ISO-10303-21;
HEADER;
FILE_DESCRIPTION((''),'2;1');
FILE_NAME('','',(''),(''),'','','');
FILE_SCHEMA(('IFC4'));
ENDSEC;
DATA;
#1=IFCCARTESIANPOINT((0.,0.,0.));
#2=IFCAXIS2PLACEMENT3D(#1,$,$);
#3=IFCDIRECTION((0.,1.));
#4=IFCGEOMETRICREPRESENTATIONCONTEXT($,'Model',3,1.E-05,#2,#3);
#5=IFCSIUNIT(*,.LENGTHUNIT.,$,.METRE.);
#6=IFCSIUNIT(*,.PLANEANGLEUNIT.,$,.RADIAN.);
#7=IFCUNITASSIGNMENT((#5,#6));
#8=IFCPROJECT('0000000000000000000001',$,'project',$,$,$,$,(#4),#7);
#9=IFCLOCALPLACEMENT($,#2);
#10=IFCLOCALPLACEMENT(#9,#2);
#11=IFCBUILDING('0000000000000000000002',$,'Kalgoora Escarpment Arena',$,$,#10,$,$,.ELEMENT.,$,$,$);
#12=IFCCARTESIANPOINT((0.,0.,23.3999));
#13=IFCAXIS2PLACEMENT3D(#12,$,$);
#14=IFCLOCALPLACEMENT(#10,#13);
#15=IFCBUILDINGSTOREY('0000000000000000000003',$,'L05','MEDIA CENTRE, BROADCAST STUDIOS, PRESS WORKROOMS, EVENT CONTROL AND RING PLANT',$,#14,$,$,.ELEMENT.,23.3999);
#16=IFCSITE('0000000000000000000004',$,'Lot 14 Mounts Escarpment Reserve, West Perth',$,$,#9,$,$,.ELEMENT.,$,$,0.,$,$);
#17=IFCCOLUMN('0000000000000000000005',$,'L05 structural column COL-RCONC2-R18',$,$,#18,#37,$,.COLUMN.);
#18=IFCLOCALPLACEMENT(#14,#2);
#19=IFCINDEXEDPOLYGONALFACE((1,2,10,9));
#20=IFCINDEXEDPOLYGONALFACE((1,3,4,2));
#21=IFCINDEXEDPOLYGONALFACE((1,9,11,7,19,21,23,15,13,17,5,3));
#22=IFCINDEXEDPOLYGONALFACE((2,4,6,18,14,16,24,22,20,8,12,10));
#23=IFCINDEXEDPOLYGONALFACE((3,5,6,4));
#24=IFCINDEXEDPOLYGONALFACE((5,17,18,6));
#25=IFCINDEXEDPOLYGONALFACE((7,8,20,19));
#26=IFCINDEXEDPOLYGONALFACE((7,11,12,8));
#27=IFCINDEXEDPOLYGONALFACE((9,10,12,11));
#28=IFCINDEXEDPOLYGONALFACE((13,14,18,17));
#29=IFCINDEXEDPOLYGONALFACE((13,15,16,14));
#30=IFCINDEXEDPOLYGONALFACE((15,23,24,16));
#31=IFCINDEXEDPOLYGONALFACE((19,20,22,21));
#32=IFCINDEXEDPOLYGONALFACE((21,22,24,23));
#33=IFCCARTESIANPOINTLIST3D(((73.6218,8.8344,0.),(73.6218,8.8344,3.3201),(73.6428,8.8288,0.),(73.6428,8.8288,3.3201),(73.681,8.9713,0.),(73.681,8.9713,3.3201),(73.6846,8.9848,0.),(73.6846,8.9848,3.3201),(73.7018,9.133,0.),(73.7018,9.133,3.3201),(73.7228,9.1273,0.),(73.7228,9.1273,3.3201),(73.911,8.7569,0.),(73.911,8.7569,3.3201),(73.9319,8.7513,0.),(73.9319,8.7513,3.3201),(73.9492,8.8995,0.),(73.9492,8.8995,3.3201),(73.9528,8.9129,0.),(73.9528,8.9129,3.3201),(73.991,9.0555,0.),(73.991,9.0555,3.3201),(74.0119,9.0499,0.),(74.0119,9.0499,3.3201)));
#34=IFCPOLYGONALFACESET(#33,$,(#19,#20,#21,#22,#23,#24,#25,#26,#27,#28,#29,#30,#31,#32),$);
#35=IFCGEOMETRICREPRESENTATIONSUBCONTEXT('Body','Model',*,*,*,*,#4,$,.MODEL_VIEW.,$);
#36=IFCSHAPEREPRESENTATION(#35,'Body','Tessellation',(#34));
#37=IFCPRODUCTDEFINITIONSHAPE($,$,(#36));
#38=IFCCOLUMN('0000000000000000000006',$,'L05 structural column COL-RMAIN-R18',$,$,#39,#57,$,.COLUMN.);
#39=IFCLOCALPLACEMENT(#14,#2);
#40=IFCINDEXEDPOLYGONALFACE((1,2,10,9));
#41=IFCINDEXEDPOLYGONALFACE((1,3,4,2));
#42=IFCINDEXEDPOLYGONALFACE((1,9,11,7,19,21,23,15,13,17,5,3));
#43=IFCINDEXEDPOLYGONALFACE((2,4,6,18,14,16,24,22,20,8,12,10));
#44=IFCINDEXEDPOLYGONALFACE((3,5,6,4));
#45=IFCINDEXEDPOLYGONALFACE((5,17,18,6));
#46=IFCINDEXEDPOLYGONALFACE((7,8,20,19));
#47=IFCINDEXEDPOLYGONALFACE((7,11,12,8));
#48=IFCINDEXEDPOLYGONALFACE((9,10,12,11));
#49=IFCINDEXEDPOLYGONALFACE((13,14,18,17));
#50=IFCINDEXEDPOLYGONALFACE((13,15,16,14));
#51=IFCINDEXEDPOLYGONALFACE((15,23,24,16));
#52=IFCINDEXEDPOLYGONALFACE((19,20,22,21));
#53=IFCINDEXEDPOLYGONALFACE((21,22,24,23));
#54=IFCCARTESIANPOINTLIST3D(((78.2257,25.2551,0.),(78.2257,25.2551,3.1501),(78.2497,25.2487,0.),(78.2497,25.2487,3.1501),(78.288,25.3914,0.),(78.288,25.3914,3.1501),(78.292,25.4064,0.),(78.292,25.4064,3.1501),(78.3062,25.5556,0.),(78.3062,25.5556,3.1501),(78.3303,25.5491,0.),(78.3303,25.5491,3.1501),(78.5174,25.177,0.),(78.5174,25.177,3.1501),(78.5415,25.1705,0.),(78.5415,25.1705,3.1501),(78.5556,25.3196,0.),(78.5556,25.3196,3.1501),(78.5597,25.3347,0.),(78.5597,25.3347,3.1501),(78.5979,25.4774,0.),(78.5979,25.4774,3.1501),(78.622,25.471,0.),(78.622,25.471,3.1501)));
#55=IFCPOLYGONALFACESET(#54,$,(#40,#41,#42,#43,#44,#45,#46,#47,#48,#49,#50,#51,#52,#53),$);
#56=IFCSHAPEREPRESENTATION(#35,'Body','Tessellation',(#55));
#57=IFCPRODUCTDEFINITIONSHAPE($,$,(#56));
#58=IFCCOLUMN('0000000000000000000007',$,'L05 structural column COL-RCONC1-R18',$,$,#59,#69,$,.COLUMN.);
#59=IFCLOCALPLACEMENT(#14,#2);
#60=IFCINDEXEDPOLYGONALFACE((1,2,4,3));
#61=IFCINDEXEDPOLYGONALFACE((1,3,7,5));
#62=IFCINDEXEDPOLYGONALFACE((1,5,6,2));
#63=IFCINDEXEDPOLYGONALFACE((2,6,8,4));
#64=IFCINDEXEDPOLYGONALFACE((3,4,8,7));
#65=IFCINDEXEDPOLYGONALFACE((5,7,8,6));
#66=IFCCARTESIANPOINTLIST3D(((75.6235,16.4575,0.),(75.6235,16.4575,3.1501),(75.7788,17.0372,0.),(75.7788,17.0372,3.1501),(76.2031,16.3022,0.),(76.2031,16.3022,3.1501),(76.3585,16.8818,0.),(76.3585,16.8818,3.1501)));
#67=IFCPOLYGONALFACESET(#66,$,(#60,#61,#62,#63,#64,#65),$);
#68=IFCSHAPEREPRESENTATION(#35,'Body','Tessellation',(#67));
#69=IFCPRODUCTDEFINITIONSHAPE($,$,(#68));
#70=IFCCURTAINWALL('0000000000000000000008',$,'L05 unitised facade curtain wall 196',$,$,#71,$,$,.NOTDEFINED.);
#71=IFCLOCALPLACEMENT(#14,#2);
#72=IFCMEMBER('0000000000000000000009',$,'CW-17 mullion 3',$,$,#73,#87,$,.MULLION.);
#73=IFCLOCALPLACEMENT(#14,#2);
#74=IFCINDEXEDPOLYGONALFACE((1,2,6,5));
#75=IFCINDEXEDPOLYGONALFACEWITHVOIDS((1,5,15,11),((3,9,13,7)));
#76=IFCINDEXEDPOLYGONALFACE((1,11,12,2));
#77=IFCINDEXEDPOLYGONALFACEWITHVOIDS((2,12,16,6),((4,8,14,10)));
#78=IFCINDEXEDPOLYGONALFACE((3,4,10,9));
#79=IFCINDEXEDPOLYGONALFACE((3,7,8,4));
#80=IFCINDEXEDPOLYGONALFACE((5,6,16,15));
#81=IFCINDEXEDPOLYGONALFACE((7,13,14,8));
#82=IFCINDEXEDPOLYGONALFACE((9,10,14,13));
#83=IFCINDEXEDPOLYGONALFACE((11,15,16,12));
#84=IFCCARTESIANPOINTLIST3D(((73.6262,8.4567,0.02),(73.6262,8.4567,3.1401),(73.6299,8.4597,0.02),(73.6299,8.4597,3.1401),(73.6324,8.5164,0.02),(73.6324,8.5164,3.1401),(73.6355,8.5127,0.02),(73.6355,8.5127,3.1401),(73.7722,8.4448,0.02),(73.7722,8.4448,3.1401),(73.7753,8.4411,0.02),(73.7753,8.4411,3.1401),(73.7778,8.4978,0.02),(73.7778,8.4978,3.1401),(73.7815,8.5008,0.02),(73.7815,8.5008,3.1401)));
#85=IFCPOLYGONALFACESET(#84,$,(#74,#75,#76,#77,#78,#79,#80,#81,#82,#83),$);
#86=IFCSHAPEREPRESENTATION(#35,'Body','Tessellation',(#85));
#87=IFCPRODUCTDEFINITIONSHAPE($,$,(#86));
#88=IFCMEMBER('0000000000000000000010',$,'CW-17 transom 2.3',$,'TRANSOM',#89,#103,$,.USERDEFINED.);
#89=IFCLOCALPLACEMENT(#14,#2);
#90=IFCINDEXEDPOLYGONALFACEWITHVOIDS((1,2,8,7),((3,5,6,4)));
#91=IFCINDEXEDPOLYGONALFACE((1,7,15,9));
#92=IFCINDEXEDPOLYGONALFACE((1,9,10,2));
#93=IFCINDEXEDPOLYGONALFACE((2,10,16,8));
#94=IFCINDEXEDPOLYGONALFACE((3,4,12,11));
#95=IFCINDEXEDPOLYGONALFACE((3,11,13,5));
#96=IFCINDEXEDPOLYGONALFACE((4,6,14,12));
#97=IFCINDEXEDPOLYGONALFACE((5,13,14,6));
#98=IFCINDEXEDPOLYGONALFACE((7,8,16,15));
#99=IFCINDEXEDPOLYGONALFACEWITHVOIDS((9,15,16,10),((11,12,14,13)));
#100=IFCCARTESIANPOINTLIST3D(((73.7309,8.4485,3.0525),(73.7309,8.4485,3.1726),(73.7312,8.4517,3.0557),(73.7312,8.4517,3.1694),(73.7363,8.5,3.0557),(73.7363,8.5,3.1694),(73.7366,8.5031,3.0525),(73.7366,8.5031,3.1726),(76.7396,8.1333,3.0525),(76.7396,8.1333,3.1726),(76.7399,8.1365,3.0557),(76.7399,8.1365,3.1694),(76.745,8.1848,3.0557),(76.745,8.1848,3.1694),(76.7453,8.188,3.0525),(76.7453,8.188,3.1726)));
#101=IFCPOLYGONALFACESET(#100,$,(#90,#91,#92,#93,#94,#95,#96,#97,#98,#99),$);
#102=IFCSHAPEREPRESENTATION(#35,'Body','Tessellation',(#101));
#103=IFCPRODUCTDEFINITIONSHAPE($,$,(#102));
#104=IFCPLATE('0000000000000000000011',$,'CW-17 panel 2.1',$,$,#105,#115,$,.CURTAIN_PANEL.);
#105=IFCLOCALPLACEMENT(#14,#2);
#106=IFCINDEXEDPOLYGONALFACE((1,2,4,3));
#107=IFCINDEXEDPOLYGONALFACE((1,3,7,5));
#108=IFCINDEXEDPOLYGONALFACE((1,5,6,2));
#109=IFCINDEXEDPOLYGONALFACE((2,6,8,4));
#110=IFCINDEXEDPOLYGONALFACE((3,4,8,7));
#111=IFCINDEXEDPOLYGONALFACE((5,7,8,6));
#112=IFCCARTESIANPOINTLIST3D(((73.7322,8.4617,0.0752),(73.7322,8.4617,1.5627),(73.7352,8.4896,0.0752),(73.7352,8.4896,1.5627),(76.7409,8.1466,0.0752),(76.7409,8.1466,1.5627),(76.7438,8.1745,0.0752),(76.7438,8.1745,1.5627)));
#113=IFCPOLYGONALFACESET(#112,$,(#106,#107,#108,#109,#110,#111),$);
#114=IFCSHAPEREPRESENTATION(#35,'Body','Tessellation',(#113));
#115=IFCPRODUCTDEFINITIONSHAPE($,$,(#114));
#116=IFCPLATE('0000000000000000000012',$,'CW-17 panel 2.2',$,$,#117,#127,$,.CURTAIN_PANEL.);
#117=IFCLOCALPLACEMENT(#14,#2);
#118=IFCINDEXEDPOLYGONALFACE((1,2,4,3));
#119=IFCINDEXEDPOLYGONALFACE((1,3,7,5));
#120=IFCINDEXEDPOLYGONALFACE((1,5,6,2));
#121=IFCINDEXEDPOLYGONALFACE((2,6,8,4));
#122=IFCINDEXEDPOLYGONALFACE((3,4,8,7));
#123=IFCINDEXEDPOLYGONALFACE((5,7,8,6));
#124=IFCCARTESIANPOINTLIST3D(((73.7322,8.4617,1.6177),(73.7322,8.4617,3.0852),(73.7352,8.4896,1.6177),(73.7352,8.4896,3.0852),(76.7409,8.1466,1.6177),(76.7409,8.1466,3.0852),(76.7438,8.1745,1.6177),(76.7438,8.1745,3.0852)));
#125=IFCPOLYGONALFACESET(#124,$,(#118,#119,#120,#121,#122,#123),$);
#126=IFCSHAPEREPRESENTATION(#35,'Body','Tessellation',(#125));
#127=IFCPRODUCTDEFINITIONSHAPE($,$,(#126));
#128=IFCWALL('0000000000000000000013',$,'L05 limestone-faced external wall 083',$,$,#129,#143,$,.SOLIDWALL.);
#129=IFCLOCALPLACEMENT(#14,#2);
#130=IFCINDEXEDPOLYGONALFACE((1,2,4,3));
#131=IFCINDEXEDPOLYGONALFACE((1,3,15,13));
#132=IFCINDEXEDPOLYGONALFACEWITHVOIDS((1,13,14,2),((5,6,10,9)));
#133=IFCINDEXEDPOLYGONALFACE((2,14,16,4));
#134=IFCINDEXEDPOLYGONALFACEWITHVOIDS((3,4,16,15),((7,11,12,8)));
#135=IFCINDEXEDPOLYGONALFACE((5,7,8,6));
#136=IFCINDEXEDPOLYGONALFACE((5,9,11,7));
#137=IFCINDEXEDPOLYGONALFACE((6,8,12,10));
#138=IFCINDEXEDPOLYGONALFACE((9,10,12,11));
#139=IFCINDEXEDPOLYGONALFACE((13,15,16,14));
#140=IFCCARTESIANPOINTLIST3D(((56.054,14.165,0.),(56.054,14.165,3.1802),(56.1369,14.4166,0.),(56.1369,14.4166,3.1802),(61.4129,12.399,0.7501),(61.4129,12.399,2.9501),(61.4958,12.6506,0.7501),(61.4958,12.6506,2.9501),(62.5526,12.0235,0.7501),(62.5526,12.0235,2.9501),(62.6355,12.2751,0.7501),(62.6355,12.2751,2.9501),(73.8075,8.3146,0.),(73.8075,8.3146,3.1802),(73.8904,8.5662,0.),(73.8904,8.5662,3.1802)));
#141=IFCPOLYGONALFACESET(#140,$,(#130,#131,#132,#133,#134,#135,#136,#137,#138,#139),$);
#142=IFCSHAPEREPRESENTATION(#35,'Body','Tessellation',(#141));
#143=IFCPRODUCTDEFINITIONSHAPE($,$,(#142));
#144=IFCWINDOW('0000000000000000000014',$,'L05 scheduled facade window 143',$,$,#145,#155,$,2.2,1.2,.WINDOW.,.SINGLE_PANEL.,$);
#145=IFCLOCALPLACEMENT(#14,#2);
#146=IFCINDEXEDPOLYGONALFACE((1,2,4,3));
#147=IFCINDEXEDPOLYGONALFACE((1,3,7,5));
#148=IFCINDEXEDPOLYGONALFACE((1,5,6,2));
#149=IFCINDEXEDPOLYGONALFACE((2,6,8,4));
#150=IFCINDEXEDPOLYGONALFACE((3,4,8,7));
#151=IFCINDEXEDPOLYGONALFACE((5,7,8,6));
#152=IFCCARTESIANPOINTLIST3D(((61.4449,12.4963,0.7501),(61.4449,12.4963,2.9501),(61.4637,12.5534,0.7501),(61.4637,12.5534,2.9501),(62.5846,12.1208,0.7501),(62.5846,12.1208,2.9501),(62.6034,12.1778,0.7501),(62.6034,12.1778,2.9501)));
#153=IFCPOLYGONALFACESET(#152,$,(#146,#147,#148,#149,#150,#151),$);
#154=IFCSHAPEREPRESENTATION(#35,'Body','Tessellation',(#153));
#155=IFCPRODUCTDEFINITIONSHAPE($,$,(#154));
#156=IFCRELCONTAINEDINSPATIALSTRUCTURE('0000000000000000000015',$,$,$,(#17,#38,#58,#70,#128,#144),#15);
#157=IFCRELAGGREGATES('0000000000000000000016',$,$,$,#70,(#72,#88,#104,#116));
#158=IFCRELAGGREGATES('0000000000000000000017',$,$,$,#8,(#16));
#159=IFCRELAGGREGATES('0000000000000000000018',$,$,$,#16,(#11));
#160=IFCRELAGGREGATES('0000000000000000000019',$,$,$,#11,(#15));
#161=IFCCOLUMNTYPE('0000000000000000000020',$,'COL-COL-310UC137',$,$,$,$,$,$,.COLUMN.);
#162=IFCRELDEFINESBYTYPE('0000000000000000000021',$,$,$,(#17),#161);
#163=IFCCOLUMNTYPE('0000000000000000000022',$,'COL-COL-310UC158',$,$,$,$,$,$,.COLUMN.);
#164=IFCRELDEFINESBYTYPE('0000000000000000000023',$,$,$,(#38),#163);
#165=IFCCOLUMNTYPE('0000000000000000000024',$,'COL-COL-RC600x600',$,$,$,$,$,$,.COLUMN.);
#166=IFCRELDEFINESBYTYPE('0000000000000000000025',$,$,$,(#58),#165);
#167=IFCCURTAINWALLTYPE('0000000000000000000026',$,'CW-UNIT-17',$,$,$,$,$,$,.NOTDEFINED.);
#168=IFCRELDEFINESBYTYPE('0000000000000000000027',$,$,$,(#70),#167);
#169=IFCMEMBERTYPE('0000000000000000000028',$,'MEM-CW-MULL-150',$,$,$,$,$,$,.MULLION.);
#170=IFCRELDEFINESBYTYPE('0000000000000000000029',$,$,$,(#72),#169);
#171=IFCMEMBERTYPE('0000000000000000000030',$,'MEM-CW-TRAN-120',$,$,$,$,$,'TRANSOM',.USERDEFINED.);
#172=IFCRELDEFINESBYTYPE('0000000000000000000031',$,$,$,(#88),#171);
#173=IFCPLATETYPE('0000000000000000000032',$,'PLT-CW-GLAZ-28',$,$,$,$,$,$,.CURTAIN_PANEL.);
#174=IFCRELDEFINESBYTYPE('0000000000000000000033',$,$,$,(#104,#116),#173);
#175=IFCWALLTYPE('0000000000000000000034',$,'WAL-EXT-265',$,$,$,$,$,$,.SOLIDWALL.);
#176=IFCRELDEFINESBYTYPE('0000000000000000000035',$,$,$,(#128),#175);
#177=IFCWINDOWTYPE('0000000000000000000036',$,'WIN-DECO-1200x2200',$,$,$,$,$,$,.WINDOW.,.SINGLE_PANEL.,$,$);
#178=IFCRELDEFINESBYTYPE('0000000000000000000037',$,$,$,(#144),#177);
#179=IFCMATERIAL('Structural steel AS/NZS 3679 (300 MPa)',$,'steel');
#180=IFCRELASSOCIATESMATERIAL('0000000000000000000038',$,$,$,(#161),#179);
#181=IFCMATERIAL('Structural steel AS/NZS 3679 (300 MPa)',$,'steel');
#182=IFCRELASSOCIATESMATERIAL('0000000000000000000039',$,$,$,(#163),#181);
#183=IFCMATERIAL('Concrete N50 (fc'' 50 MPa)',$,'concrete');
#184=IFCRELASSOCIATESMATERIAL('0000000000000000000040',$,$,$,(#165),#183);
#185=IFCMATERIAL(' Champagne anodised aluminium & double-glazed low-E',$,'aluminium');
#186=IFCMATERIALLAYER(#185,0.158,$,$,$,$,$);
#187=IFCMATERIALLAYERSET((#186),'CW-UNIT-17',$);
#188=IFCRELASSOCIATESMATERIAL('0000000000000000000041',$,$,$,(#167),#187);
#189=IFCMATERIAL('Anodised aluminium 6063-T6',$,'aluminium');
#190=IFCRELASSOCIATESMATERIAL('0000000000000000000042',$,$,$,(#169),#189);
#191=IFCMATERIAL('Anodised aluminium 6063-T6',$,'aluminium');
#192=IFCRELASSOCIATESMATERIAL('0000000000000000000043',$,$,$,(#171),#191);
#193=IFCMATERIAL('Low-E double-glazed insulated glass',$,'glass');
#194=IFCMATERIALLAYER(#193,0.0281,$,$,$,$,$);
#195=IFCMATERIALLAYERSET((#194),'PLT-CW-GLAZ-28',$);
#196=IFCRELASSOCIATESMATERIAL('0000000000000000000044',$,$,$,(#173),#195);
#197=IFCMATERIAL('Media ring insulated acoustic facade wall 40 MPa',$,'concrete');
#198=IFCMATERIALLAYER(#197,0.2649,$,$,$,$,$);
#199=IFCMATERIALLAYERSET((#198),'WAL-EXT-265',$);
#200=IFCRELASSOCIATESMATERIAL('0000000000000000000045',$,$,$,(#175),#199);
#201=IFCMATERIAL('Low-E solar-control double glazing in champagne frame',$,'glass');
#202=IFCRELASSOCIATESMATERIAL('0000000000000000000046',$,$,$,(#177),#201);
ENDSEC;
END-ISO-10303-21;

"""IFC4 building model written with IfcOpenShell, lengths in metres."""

from ifc_helpers import new_model, si_unit, direction, frame, frame_2d, origin, origin_2d, place, context, subcontext, project, spatial, rectangle, hollow_rectangle, i_section, extrude, material, layer, layer_set, material_profile, profile_set, type_object, element, fill, aggregate, save


model = new_model("IFC4")

# Units and contexts
model_context = context("Model", 3, precision=1e-05, world=origin(), true_north=direction((0.0, 1.0)))
body_context = subcontext(model_context, "Body", "Model", "MODEL_VIEW")
ifc_project = project(units=[si_unit("LENGTHUNIT", "METRE"), si_unit("PLANEANGLEUNIT", "RADIAN")], contexts=[model_context])

# Site, building, storey
site_placement = place(None, origin())
site = spatial("IfcSite", under=ifc_project, at=site_placement, Name="Lot 14 Mounts Escarpment Reserve, West Perth", CompositionType="ELEMENT", RefElevation=0.0)
building_placement = place(site_placement, origin())
building = spatial("IfcBuilding", under=site, at=building_placement, Name="Kalgoora Escarpment Arena", CompositionType="ELEMENT")
storey_placement = place(building_placement, frame((0.0, 0.0, 23.3999)))
storey = spatial("IfcBuildingStorey", under=building, at=storey_placement, Name="L05", Description="MEDIA CENTRE, BROADCAST STUDIOS, PRESS WORKROOMS, EVENT CONTROL AND RING PLANT", CompositionType="ELEMENT", Elevation=23.3999)

# Columns
ifc_material_1 = material(Name="Structural steel AS/NZS 3679 (300 MPa)", Category="steel")
ifc_material_profile_1 = material_profile(ifc_material_1, i_section(OverallWidth=0.3091, OverallDepth=0.321, WebThickness=0.0139, FlangeThickness=0.0217, at=origin_2d()))
ifc_profile_set_1 = profile_set([ifc_material_profile_1], Name="Structural steel AS/NZS 3679 (300 MPa)")
column_type_1 = type_object("IfcColumnType", Name="COL-COL-310UC137", PredefinedType="COLUMN", material=ifc_profile_set_1)
column_1_placement = place(storey_placement, frame((73.8169, 8.9421, 0.0), z_axis=(0.0, 0.0, 1.0), x_axis=(-0.258819, -0.965926, 0.0)))
element("IfcColumn", 1, at=column_1_placement, inside=storey, type_object=column_type_1, Name="L05 structural column COL-RCONC2-R18", PredefinedType="COLUMN", context=body_context, shape_type="SweptSolid", body=[
    extrude(i_section(OverallWidth=0.3091, OverallDepth=0.321, WebThickness=0.0139, FlangeThickness=0.0217, at=origin_2d()), origin(), (0.0, 0.0, 1.0), 3.3201),
])
ifc_material_2 = material(Name="Structural steel AS/NZS 3679 (300 MPa)", Category="steel")
ifc_material_profile_2 = material_profile(ifc_material_2, i_section(OverallWidth=0.311, OverallDepth=0.3269, WebThickness=0.0156, FlangeThickness=0.0249, at=origin_2d()))
ifc_profile_set_2 = profile_set([ifc_material_profile_2], Name="Structural steel AS/NZS 3679 (300 MPa)")
column_type_2 = type_object("IfcColumnType", Name="COL-COL-310UC158", PredefinedType="COLUMN", material=ifc_profile_set_2)
column_2_placement = place(storey_placement, frame((78.4238, 25.363, 0.0), z_axis=(0.0, 0.0, 1.0), x_axis=(-0.258819, -0.965926, 0.0)))
element("IfcColumn", 2, at=column_2_placement, inside=storey, type_object=column_type_2, Name="L05 structural column COL-RMAIN-R18", PredefinedType="COLUMN", context=body_context, shape_type="SweptSolid", body=[
    extrude(i_section(OverallWidth=0.311, OverallDepth=0.3269, WebThickness=0.0156, FlangeThickness=0.0249, at=origin_2d()), origin(), (0.0, 0.0, 1.0), 3.1501),
])
ifc_material_3 = material(Name="Concrete N50 (fc' 50 MPa)", Category="concrete")
ifc_material_profile_3 = material_profile(ifc_material_3, rectangle(XDim=0.6001, YDim=0.6001, at=origin_2d()))
ifc_profile_set_3 = profile_set([ifc_material_profile_3], Name="Concrete N50 (fc' 50 MPa)")
column_type_3 = type_object("IfcColumnType", Name="COL-COL-RC600x600", PredefinedType="COLUMN", material=ifc_profile_set_3)
column_3_placement = place(storey_placement, frame((75.991, 16.6697, 0.0), z_axis=(0.0, 0.0, 1.0), x_axis=(-0.258819, -0.965926, 0.0)))
element("IfcColumn", 3, at=column_3_placement, inside=storey, type_object=column_type_3, Name="L05 structural column COL-RCONC1-R18", PredefinedType="COLUMN", context=body_context, shape_type="SweptSolid", body=[
    extrude(rectangle(XDim=0.6001, YDim=0.6001, at=origin_2d()), origin(), (0.0, 0.0, 1.0), 3.1501),
])

# Curtain wall, members, plates
ifc_material_4 = material(Name=" Champagne anodised aluminium & double-glazed low-E", Category="aluminium")
ifc_layer_1 = layer(ifc_material_4, 0.158)
ifc_layer_set_1 = layer_set([ifc_layer_1], Name="CW-UNIT-17")
curtain_wall_type = type_object("IfcCurtainWallType", Name="CW-UNIT-17", PredefinedType="NOTDEFINED", material=ifc_layer_set_1)
curtain_wall_placement = place(storey_placement, origin())
curtain_wall = element("IfcCurtainWall", 4, at=curtain_wall_placement, inside=storey, type_object=curtain_wall_type, Name="L05 unitised facade curtain wall 196", PredefinedType="NOTDEFINED")
ifc_material_5 = material(Name="Anodised aluminium 6063-T6", Category="aluminium")
ifc_material_profile_4 = material_profile(ifc_material_5, hollow_rectangle(XDim=0.0601, YDim=0.1499, WallThickness=0.0034, at=origin_2d()))
ifc_profile_set_4 = profile_set([ifc_material_profile_4], Name="Anodised aluminium 6063-T6")
member_type_1 = type_object("IfcMemberType", Name="MEM-CW-MULL-150", PredefinedType="MULLION", material=ifc_profile_set_4)
member_1_placement = place(storey_placement, frame((73.7039, 8.4788, 0.02), z_axis=(0.0, 0.0, 1.0), x_axis=(-0.104168, -0.99456, 0.0)))
member_1 = element("IfcMember", 5, at=member_1_placement, type_object=member_type_1, Name="CW-17 mullion 3", PredefinedType="MULLION", context=body_context, shape_type="SweptSolid", body=[
    extrude(hollow_rectangle(XDim=0.0601, YDim=0.1499, WallThickness=0.0034, at=origin_2d()), origin(), (0.0, 0.0, 1.0), 3.1201),
])
ifc_material_6 = material(Name="Anodised aluminium 6063-T6", Category="aluminium")
ifc_material_profile_5 = material_profile(ifc_material_6, hollow_rectangle(XDim=0.0549, YDim=0.1201, WallThickness=0.0032, at=origin_2d()))
ifc_profile_set_5 = profile_set([ifc_material_profile_5], Name="Anodised aluminium 6063-T6")
member_type_2 = type_object("IfcMemberType", Name="MEM-CW-TRAN-120", ElementType="TRANSOM", PredefinedType="USERDEFINED", material=ifc_profile_set_5)
member_2_placement = place(storey_placement, frame((76.7424, 8.1606, 3.1125), z_axis=(-0.994558, 0.104185, 0.0), x_axis=(-0.104185, -0.994558, 0.0)))
member_2 = element("IfcMember", 6, at=member_2_placement, type_object=member_type_2, Name="CW-17 transom 2.3", ObjectType="TRANSOM", PredefinedType="USERDEFINED", context=body_context, shape_type="SweptSolid", body=[
    extrude(hollow_rectangle(XDim=0.0549, YDim=0.1201, WallThickness=0.0032, at=origin_2d()), origin(), (0.0, 0.0, 1.0), 3.0251),
])
ifc_material_7 = material(Name="Low-E double-glazed insulated glass", Category="glass")
ifc_layer_2 = layer(ifc_material_7, 0.0281)
ifc_layer_set_2 = layer_set([ifc_layer_2], Name="PLT-CW-GLAZ-28")
plate_type = type_object("IfcPlateType", Name="PLT-CW-GLAZ-28", PredefinedType="CURTAIN_PANEL", material=ifc_layer_set_2)
plate_1_placement = place(storey_placement, frame((75.238, 8.3181, 0.0752), z_axis=(0.0, 0.0, 1.0), x_axis=(-0.99456, 0.104168, 0.0)))
plate_1 = element("IfcPlate", 7, at=plate_1_placement, type_object=plate_type, Name="CW-17 panel 2.1", PredefinedType="CURTAIN_PANEL", context=body_context, shape_type="SweptSolid", body=[
    extrude(rectangle(XDim=3.0251, YDim=0.0281, at=origin_2d()), origin(), (0.0, 0.0, 1.0), 1.4875),
])
plate_2_placement = place(storey_placement, frame((75.238, 8.3181, 1.6177), z_axis=(0.0, 0.0, 1.0), x_axis=(-0.99456, 0.104168, 0.0)))
plate_2 = element("IfcPlate", 8, at=plate_2_placement, type_object=plate_type, Name="CW-17 panel 2.2", PredefinedType="CURTAIN_PANEL", context=body_context, shape_type="SweptSolid", body=[
    extrude(rectangle(XDim=3.0251, YDim=0.0281, at=origin_2d()), origin(), (0.0, 0.0, 1.0), 1.4675),
])
aggregate(curtain_wall, [member_1, member_2, plate_1, plate_2])

# Wall, opening, window
ifc_material_8 = material(Name="Media ring insulated acoustic facade wall 40 MPa", Category="concrete")
ifc_layer_3 = layer(ifc_material_8, 0.2649)
ifc_layer_set_3 = layer_set([ifc_layer_3], Name="WAL-EXT-265")
wall_type_1 = type_object("IfcWallType", Name="WAL-EXT-265", PredefinedType="SOLIDWALL", material=ifc_layer_set_3)
wall_1_placement = place(storey_placement, frame((73.8489, 8.4404, 0.0), z_axis=(0.0, 0.0, 1.0), x_axis=(-0.94976, 0.312978, 0.0)))
wall_1 = element("IfcWall", 9, at=wall_1_placement, inside=storey, type_object=wall_type_1, Name="L05 limestone-faced external wall 083", PredefinedType="SOLIDWALL", context=body_context, shape_type="SweptSolid", body=[
    extrude(rectangle(XDim=18.6926, YDim=0.2649, at=frame_2d((9.3462, 0.0))), origin(), (0.0, 0.0, 1.0), 3.1802),
])
opening_1_placement = place(wall_1_placement, frame((11.8501, 0.0, 0.75)))
opening_1 = element("IfcOpeningElement", 10, at=opening_1_placement, cuts=wall_1, PredefinedType="OPENING", context=body_context, shape_type="SweptSolid", body=[
    extrude(rectangle(XDim=1.2, YDim=2.2, at=frame_2d((0.6001, 1.1001))), frame((0.0, 0.1423, 0.0), z_axis=(0.0, -1.0, 0.0), x_axis=(1.0, 0.0, 0.0)), (0.0, 0.0, 1.0), 0.2849),
])
ifc_material_9 = material(Name="Low-E solar-control double glazing in champagne frame", Category="glass")
window_type = type_object("IfcWindowType", Name="WIN-DECO-1200x2200", PartitioningType="SINGLE_PANEL", PredefinedType="WINDOW", material=ifc_material_9)
window_placement = place(opening_1_placement, origin())
window = element("IfcWindow", 11, at=window_placement, inside=storey, type_object=window_type, Name="L05 scheduled facade window 143", OverallHeight=2.2, OverallWidth=1.2, PartitioningType="SINGLE_PANEL", PredefinedType="WINDOW", context=body_context, shape_type="SweptSolid", body=[
    extrude(rectangle(XDim=1.2, YDim=2.2, at=frame_2d((0.6001, 1.1001))), frame((0.0, 0.03, 0.0), z_axis=(0.0, -1.0, 0.0), x_axis=(1.0, 0.0, 0.0)), (0.0, 0.0, 1.0), 0.0601),
])
fill(opening_1, window)

save(model, "model.ifc")
